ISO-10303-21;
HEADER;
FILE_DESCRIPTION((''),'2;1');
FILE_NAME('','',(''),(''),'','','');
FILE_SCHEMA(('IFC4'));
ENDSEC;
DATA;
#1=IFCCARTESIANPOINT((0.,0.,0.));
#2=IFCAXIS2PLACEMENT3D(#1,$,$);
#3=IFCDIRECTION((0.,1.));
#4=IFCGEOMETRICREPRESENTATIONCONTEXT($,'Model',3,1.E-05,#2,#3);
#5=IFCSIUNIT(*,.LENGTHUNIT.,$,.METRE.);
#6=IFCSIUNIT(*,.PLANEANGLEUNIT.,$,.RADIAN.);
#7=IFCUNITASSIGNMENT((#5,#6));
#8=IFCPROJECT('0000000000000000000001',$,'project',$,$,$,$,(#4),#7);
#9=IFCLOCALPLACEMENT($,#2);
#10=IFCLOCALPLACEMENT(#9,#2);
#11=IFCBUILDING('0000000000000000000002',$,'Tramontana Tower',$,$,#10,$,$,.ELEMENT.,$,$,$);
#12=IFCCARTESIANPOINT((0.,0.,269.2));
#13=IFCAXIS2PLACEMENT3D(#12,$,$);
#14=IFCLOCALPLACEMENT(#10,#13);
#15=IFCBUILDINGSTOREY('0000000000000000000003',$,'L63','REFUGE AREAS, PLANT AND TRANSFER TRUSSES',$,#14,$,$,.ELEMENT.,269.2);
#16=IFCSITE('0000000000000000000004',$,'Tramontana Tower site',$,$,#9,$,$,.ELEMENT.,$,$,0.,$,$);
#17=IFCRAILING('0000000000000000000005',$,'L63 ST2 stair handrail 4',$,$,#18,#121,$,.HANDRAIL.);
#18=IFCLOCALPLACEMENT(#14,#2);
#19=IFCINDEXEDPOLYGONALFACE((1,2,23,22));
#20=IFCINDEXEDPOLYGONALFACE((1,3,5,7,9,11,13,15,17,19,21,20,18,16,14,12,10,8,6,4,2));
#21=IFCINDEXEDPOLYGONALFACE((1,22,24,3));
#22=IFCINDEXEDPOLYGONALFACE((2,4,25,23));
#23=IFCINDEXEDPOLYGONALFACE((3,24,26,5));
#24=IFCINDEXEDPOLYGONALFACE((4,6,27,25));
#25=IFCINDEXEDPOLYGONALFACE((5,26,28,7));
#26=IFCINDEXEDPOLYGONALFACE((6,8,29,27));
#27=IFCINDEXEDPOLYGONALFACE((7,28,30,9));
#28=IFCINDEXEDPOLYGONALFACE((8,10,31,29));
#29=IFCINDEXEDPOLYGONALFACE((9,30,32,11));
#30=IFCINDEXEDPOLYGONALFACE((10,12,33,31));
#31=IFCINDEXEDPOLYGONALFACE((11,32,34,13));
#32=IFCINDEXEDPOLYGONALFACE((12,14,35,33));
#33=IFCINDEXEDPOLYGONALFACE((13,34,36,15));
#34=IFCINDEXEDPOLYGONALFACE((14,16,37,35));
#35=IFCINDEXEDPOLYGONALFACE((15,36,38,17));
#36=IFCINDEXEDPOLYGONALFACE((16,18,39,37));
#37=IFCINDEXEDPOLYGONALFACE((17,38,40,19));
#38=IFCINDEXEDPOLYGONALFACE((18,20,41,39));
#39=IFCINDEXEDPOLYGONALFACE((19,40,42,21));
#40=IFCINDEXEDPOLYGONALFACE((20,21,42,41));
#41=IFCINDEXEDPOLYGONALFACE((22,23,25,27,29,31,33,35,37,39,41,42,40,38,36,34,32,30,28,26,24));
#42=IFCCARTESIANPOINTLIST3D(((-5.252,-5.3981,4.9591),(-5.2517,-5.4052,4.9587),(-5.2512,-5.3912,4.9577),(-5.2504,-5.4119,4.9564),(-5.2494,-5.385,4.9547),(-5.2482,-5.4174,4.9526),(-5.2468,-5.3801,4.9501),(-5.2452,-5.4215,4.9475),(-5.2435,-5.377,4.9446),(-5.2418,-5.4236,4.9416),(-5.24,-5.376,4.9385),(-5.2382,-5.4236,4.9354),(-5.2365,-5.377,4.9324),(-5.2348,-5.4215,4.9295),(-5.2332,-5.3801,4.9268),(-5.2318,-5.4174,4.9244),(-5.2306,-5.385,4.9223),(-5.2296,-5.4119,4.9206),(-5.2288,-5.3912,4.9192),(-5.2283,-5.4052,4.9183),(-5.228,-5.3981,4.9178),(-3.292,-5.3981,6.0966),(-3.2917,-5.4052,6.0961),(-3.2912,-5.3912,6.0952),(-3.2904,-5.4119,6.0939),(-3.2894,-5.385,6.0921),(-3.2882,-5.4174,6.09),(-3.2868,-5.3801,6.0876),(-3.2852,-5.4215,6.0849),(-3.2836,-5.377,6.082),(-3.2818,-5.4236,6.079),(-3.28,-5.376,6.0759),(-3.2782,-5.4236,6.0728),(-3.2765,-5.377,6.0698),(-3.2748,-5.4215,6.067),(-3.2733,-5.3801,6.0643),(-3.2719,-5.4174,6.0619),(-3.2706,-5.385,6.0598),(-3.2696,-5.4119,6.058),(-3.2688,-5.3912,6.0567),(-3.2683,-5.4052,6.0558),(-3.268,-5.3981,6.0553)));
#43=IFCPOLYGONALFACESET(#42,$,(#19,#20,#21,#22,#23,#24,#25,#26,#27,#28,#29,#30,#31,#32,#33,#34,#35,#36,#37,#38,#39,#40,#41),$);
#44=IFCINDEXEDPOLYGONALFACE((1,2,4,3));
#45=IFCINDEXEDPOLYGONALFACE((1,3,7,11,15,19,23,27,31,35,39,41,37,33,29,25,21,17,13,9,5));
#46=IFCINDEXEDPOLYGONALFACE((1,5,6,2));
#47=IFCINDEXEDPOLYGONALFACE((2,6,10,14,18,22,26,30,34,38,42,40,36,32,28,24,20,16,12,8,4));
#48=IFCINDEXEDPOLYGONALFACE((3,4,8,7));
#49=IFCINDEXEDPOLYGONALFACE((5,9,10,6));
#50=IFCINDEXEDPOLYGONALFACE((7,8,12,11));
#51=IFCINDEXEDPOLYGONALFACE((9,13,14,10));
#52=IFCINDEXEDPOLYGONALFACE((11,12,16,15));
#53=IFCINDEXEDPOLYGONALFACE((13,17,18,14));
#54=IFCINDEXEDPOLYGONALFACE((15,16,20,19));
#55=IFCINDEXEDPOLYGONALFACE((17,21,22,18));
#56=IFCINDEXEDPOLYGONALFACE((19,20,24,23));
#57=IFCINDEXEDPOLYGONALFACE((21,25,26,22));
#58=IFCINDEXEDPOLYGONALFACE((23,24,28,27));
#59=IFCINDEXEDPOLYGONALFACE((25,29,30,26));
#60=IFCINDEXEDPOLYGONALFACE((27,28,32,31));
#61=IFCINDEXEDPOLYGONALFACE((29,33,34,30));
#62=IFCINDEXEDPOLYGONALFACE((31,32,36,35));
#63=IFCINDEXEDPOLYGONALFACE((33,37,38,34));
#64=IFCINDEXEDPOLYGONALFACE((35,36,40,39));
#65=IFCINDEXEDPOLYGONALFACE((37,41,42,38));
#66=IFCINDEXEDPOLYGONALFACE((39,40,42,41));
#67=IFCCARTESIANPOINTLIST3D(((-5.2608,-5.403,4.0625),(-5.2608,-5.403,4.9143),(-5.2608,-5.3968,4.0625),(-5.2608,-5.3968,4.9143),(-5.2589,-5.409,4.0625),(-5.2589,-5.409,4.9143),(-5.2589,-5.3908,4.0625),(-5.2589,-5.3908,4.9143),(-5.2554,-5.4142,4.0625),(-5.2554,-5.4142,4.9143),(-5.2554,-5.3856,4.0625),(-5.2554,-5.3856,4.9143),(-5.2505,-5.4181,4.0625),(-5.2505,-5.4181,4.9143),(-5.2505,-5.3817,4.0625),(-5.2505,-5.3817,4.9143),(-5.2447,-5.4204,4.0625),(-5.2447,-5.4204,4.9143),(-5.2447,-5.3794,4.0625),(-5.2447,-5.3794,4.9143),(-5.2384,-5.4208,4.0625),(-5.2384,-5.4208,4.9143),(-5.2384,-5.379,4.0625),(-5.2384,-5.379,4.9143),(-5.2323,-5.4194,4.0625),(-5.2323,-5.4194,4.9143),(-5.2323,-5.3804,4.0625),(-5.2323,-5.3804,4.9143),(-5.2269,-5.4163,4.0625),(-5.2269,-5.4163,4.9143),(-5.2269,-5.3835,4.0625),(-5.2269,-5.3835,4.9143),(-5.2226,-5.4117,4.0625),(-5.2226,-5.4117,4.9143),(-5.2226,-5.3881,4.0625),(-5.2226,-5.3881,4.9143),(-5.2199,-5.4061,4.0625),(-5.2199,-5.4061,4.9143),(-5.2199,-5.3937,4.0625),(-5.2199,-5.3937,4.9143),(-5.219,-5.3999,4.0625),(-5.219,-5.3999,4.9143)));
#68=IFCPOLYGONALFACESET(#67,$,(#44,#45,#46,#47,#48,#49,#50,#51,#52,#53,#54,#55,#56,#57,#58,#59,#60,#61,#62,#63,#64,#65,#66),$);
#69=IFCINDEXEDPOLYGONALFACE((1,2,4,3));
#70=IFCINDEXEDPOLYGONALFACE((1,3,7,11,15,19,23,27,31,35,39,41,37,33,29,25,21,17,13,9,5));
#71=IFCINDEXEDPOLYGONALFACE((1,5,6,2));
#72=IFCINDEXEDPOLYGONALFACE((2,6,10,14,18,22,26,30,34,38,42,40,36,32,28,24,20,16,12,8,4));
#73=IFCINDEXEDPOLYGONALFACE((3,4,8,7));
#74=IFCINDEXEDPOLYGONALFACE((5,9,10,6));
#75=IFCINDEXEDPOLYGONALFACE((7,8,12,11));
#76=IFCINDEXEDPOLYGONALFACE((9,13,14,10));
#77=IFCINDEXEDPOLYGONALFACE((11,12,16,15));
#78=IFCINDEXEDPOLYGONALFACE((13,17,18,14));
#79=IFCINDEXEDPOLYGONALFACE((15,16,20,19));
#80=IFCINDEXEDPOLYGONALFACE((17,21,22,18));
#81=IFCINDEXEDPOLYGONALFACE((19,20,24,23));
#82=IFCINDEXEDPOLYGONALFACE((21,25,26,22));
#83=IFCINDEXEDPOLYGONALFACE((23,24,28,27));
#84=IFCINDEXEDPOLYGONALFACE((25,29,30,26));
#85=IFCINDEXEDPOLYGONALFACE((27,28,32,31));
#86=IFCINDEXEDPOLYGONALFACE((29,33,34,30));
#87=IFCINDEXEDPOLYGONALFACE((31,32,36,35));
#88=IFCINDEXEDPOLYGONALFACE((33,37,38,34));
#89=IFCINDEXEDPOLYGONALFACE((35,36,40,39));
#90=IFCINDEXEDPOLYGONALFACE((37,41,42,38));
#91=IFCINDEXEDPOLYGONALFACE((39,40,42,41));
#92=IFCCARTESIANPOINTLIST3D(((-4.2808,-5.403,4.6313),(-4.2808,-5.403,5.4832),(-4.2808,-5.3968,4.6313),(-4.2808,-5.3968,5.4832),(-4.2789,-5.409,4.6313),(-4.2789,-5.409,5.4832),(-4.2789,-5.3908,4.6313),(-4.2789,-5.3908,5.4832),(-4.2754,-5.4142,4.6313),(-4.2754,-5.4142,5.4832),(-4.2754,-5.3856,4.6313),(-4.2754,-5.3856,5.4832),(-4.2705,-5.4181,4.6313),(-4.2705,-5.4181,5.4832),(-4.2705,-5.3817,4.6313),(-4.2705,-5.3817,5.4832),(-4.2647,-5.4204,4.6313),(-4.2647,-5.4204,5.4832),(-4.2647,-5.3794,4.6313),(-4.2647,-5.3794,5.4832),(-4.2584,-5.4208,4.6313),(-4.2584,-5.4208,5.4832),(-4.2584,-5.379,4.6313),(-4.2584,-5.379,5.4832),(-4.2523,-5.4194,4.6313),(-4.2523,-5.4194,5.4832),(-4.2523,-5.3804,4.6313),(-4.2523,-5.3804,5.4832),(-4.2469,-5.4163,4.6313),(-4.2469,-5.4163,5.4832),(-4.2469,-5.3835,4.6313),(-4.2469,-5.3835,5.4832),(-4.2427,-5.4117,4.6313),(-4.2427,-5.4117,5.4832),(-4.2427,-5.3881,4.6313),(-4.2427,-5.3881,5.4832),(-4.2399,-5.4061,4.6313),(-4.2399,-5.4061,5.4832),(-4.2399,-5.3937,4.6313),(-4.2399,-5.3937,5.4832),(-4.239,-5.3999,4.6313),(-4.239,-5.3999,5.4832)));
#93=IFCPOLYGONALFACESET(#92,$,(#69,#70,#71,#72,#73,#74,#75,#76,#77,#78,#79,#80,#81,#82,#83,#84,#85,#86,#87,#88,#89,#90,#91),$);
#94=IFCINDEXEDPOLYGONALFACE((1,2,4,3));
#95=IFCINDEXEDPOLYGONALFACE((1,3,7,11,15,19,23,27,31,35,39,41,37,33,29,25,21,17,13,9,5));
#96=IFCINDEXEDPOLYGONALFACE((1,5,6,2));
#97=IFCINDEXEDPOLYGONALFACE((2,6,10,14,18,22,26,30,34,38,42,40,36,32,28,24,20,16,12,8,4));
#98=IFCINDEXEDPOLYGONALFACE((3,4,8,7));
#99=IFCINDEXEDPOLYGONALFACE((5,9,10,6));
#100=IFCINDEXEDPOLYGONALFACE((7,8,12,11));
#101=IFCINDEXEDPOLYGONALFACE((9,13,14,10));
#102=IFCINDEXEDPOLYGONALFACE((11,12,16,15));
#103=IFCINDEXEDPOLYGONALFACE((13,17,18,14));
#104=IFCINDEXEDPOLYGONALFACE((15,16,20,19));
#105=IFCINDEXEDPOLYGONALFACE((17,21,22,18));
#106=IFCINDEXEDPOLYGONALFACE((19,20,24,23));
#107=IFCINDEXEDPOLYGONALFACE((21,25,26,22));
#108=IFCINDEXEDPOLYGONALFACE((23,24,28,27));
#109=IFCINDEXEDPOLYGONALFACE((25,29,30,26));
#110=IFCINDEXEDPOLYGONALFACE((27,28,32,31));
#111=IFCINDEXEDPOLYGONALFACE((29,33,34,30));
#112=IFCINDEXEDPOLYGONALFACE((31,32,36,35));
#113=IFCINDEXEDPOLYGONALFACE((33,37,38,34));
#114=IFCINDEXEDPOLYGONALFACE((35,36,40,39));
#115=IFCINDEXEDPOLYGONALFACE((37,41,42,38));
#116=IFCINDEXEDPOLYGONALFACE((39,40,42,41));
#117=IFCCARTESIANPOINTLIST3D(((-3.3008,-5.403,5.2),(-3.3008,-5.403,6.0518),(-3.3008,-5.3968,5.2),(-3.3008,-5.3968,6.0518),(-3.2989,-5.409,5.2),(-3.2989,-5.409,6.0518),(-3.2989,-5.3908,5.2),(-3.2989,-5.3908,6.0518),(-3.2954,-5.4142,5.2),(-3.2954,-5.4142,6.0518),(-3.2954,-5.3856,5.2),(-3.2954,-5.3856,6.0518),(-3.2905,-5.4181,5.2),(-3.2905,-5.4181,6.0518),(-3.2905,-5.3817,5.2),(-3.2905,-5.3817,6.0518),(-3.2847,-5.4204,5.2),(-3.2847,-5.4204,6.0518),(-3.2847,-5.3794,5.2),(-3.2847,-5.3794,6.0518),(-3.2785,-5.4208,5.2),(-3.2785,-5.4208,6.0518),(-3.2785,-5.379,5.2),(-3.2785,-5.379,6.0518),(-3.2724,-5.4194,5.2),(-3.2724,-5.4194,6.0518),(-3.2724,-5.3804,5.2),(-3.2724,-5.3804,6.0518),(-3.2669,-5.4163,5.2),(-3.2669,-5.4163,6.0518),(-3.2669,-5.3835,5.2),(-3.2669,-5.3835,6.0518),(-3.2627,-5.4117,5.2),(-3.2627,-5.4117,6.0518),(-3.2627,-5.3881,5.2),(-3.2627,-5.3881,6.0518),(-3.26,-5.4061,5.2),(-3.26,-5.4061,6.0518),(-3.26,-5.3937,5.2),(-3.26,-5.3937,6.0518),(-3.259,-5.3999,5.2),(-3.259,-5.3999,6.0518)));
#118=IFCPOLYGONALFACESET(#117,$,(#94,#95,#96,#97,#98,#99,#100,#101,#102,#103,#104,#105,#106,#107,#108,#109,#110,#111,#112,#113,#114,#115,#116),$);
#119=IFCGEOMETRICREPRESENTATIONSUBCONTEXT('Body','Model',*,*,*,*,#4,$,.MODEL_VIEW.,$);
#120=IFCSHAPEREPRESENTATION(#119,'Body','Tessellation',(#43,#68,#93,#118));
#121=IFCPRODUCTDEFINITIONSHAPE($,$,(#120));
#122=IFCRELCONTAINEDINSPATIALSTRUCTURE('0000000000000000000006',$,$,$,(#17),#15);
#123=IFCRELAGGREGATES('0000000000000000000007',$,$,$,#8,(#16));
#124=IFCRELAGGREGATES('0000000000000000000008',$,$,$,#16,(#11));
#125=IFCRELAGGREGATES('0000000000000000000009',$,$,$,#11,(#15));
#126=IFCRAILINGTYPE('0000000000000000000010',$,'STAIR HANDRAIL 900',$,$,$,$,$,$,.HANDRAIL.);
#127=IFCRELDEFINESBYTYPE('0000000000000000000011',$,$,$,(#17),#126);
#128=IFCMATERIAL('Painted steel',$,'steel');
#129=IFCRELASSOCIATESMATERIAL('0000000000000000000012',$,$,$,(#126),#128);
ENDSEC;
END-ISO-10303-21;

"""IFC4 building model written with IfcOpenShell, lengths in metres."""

from ifc_helpers import new_model, si_unit, direction, frame, origin, origin_2d, place, context, subcontext, project, spatial, circle, extrude, material, type_object, element, save


model = new_model("IFC4")

# Units and contexts
model_context = context("Model", 3, precision=1e-05, world=origin(), true_north=direction((0.0, 1.0)))
body_context = subcontext(model_context, "Body", "Model", "MODEL_VIEW")
ifc_project = project(units=[si_unit("LENGTHUNIT", "METRE"), si_unit("PLANEANGLEUNIT", "RADIAN")], contexts=[model_context])

# Site, building, storey
site_placement = place(None, origin())
site = spatial("IfcSite", under=ifc_project, at=site_placement, Name="Tramontana Tower site", CompositionType="ELEMENT", RefElevation=0.0)
building_placement = place(site_placement, origin())
building = spatial("IfcBuilding", under=site, at=building_placement, Name="Tramontana Tower", CompositionType="ELEMENT")
storey_placement = place(building_placement, frame((0.0, 0.0, 269.2)))
storey = spatial("IfcBuildingStorey", under=building, at=storey_placement, Name="L63", Description="REFUGE AREAS, PLANT AND TRANSFER TRUSSES", CompositionType="ELEMENT", Elevation=269.2)

# Railing
ifc_material_1 = material(Name="Painted steel", Category="steel")
railing_type_1 = type_object("IfcRailingType", Name="STAIR HANDRAIL 900", PredefinedType="HANDRAIL", material=ifc_material_1)
railing_1_placement = place(storey_placement, frame((-5.24, -5.3999, 4.0625)))
element("IfcRailing", 1, at=railing_1_placement, inside=storey, type_object=railing_type_1, Name="L63 ST2 stair handrail 4", PredefinedType="HANDRAIL", context=body_context, shape_type="SweptSolid", body=[
    extrude(circle(Radius=0.0239, at=origin_2d()), frame((0.0, 0.0, 0.876), z_axis=(0.864902, 0.0, 0.501941), x_axis=(0.0, 1.0, 0.0)), (0.0, 0.0, 1.0), 2.2661),
    extrude(circle(Radius=0.021, at=origin_2d()), origin(), (0.0, 0.0, 1.0), 0.8518),
    extrude(circle(Radius=0.021, at=origin_2d()), frame((0.98, 0.0, 0.5688)), (0.0, 0.0, 1.0), 0.8518),
    extrude(circle(Radius=0.021, at=origin_2d()), frame((1.96, 0.0, 1.1375)), (0.0, 0.0, 1.0), 0.8518),
])

save(model, "model.ifc")
